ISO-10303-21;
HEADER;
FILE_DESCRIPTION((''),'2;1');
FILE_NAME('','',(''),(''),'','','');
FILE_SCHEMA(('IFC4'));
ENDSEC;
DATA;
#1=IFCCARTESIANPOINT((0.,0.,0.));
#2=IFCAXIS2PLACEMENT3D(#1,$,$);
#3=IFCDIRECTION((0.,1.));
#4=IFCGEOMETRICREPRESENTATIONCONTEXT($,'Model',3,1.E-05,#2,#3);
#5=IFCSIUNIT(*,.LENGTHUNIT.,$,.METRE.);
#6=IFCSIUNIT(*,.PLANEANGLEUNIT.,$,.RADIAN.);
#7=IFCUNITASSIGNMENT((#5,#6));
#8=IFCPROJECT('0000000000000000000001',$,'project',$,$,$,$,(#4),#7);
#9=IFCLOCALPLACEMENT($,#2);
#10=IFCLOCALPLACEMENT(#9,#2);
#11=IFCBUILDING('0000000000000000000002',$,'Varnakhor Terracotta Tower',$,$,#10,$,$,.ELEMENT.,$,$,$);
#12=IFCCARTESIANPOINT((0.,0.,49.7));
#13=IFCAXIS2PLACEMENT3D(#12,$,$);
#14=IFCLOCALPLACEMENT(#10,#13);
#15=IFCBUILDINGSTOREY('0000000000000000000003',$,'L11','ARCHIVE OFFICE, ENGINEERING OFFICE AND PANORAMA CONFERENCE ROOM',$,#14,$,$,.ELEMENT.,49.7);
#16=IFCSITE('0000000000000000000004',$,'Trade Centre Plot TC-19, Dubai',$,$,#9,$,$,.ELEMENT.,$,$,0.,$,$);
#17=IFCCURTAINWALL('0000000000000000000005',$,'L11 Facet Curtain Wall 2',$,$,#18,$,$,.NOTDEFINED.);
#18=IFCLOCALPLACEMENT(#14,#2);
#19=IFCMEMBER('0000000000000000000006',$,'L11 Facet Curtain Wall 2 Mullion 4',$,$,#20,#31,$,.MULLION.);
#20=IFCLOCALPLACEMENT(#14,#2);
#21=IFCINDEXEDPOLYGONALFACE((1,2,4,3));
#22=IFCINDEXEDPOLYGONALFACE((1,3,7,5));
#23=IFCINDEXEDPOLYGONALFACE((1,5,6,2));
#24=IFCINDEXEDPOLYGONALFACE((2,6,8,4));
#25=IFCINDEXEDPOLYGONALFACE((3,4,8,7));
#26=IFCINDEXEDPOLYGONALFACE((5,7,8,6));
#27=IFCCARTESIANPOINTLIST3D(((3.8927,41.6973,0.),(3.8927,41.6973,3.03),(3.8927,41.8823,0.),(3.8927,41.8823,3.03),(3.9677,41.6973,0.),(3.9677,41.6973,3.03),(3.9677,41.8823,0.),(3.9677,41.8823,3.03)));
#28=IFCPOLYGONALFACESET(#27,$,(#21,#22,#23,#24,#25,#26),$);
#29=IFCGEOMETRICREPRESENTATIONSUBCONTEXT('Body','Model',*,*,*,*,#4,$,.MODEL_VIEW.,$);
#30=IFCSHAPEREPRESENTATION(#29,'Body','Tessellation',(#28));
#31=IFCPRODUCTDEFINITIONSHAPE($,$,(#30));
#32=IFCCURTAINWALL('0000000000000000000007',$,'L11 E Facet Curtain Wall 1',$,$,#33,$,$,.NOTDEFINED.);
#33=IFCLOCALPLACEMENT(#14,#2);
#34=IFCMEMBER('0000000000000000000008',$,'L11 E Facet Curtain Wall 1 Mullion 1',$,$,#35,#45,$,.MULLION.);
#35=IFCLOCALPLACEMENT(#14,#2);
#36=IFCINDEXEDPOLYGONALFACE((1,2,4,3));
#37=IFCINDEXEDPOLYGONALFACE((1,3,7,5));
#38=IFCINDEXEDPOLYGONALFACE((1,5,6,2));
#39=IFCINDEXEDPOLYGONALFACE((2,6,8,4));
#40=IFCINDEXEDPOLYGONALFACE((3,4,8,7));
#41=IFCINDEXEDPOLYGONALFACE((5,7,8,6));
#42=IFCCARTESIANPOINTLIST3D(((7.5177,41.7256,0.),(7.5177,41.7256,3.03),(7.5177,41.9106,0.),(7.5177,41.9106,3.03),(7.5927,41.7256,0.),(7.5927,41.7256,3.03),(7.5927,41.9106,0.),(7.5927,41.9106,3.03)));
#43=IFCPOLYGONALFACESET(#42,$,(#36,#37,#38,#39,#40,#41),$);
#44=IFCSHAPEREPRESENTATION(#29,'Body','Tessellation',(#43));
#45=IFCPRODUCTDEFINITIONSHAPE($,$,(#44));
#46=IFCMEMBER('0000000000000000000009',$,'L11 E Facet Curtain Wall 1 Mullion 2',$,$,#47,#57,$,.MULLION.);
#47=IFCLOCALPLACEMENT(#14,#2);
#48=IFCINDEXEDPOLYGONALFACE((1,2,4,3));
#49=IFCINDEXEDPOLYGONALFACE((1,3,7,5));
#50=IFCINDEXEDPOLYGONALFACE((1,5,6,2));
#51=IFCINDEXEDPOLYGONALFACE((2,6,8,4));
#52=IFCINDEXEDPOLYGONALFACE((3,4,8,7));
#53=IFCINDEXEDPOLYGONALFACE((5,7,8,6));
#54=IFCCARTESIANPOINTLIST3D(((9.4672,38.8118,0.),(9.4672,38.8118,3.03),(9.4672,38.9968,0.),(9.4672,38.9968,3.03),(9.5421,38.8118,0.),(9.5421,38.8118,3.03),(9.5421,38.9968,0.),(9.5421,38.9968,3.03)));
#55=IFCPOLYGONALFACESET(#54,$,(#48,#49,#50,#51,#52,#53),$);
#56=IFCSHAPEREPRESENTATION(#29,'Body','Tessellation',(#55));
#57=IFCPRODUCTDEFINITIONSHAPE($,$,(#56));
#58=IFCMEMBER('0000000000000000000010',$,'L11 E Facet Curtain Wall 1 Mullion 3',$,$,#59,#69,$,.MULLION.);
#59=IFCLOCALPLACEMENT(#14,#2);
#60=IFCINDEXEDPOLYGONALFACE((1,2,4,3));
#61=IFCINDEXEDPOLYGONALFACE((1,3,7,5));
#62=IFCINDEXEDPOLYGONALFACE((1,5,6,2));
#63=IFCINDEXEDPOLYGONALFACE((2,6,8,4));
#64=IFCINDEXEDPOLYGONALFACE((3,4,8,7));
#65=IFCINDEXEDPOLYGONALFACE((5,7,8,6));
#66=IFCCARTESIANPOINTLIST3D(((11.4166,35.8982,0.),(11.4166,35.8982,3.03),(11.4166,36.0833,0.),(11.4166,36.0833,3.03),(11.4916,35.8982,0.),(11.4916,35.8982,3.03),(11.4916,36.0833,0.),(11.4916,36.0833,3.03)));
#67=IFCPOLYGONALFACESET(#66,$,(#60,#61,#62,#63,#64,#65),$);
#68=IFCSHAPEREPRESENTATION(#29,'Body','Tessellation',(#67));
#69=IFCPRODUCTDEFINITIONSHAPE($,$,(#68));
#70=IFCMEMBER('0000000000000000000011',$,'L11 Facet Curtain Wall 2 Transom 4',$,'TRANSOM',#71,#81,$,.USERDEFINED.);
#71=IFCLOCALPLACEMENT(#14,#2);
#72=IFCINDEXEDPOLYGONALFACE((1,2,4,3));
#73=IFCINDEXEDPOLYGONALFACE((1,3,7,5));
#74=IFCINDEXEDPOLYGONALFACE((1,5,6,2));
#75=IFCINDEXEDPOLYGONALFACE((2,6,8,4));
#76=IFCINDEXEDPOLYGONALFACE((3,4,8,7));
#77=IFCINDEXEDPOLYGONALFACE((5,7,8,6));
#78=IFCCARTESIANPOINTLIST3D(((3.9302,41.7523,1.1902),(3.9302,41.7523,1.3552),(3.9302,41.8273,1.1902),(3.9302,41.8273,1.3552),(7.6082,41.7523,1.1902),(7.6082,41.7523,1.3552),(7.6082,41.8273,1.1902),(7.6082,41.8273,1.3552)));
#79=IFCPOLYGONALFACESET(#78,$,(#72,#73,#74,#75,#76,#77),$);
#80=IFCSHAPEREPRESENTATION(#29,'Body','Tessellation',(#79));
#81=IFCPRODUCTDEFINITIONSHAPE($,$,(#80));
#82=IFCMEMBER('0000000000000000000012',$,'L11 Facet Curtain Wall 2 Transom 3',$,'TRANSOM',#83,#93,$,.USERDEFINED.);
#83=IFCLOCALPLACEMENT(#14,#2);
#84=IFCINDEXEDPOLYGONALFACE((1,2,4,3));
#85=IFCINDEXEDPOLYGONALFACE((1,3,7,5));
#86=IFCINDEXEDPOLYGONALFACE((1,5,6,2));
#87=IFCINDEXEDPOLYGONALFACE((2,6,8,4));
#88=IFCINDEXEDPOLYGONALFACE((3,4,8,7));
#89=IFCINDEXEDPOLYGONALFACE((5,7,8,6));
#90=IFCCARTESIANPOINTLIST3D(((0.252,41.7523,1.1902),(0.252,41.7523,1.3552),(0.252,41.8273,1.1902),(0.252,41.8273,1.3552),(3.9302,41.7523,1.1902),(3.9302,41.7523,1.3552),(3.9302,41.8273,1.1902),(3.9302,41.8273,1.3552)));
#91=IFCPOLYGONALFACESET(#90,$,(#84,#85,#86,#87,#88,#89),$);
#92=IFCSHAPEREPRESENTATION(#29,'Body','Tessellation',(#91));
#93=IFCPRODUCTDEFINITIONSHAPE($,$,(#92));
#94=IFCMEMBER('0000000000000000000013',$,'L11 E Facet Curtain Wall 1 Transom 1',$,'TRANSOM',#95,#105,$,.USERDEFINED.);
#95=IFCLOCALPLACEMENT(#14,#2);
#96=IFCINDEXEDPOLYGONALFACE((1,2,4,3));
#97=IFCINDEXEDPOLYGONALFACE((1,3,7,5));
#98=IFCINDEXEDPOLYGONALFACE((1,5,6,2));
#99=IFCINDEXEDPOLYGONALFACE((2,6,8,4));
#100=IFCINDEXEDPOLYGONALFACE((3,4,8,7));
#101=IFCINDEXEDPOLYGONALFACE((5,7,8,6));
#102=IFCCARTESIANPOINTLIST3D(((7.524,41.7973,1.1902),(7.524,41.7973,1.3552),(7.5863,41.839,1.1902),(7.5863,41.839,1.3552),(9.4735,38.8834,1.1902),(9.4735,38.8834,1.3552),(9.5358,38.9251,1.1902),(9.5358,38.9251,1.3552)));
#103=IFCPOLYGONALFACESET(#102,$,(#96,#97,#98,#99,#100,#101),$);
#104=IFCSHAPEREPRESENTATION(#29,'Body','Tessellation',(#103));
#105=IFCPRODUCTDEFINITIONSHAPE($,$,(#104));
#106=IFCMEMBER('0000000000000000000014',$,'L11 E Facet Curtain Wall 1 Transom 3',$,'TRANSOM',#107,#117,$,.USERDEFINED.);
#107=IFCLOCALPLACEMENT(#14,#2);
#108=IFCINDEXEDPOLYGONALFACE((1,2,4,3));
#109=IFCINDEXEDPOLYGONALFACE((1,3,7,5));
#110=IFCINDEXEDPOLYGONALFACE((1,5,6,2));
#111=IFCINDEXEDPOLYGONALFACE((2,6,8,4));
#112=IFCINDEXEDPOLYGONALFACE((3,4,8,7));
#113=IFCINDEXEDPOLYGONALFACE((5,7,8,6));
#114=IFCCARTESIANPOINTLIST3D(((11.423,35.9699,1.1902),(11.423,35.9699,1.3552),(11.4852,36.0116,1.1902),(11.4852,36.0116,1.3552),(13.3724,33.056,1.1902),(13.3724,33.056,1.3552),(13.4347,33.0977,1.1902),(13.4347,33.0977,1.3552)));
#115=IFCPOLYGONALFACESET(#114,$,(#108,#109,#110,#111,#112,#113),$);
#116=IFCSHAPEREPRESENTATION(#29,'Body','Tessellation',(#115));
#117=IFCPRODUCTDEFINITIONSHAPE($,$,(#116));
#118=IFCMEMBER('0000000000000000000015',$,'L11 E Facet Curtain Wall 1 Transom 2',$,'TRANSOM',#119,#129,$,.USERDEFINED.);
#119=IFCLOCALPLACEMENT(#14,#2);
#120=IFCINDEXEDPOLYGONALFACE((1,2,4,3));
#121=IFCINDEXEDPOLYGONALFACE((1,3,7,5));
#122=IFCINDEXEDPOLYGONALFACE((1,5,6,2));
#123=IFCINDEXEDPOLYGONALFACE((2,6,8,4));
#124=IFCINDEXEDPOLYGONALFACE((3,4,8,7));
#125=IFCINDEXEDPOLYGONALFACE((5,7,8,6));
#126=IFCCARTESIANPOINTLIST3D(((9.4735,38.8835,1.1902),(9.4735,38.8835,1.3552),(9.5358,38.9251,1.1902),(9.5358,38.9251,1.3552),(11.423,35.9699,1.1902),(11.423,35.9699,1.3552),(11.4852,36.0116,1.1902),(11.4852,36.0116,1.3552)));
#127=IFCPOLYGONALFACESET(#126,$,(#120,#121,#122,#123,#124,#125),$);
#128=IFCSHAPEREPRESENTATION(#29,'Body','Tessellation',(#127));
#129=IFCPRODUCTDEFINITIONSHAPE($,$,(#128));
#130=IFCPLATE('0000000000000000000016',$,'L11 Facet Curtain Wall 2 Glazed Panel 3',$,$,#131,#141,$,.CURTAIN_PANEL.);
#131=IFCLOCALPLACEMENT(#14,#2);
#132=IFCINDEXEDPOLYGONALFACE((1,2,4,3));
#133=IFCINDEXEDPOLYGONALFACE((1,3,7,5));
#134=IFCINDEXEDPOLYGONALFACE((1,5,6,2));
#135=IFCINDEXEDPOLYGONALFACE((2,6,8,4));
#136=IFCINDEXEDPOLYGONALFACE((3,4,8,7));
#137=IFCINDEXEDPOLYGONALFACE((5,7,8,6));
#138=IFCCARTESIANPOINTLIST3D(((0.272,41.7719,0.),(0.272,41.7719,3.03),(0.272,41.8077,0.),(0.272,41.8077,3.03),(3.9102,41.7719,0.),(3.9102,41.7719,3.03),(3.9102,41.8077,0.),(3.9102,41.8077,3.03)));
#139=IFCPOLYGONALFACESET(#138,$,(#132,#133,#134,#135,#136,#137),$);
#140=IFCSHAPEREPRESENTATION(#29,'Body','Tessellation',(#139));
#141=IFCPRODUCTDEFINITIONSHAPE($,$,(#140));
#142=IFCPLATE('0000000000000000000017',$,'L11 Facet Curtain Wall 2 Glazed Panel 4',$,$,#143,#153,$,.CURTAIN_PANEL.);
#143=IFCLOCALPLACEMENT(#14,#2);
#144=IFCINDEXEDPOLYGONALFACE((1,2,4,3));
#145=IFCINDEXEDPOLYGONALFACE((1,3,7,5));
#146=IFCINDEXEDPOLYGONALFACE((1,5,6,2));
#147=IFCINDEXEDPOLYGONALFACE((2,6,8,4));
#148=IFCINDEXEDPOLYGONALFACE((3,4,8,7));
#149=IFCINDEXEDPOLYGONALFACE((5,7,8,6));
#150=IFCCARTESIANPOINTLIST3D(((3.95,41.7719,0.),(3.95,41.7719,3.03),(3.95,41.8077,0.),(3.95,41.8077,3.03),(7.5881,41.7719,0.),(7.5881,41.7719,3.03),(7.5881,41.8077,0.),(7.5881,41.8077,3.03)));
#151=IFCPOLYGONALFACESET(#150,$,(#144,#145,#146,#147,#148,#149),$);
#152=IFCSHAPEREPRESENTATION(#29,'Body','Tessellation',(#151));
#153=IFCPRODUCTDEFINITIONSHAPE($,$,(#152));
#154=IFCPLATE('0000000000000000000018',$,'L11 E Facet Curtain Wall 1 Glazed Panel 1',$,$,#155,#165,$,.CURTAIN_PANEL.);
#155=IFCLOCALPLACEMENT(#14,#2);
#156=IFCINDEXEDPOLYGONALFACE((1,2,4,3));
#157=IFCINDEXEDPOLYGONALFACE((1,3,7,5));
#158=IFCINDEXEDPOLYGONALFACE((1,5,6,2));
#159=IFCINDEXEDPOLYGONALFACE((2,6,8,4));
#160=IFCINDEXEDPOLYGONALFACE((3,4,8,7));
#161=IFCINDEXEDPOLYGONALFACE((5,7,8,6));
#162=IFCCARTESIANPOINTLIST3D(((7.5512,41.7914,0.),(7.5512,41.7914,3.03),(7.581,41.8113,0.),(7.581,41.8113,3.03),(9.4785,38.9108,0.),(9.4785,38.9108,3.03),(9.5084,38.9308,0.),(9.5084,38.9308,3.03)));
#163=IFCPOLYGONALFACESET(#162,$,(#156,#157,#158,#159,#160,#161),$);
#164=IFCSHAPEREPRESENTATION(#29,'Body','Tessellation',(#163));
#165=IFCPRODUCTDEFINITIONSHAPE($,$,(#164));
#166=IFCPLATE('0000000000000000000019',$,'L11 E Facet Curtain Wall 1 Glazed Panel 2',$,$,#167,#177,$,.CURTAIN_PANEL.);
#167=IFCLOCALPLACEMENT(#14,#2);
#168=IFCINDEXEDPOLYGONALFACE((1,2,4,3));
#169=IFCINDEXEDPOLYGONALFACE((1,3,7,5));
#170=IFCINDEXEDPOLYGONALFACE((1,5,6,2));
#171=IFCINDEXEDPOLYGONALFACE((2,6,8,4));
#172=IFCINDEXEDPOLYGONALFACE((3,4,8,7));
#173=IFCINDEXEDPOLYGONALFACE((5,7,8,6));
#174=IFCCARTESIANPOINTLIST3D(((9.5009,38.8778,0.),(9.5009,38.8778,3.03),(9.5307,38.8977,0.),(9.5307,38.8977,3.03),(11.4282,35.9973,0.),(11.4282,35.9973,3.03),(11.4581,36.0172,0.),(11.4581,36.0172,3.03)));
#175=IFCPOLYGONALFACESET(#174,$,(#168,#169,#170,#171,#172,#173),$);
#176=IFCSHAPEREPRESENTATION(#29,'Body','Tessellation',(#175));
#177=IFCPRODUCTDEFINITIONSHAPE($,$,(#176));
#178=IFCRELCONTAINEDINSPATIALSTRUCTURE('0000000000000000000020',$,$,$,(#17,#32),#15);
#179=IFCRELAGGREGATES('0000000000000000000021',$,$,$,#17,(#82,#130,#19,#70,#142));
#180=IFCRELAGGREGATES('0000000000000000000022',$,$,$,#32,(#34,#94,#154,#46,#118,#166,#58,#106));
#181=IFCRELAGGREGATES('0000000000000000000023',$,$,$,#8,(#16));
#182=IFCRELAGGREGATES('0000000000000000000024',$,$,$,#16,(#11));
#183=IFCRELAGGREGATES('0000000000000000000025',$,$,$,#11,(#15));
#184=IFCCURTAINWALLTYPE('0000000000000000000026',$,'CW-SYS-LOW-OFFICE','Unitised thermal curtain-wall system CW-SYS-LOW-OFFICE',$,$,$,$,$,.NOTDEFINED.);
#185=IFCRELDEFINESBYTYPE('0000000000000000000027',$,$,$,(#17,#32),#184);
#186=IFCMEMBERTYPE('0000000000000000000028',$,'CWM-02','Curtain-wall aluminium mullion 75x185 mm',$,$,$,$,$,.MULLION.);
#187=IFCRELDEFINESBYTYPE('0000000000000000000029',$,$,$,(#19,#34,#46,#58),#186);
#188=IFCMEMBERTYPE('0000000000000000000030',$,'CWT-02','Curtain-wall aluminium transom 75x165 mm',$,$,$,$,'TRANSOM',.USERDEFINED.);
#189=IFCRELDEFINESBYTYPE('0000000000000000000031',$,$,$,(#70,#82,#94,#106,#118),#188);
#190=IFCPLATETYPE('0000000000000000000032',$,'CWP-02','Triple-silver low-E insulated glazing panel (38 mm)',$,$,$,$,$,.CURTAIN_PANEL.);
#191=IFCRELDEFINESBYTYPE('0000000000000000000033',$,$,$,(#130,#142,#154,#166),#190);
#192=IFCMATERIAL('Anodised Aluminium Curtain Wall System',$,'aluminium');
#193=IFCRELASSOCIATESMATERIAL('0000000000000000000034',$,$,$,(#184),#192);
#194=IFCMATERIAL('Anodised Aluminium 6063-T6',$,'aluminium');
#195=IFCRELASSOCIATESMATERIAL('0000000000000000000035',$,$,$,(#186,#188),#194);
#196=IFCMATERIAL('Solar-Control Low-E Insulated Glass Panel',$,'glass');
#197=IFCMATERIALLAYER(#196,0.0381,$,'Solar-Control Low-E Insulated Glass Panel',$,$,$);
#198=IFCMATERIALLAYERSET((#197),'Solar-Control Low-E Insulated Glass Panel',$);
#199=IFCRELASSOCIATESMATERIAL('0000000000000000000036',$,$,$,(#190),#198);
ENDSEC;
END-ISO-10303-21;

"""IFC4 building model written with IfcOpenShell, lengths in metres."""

from ifc_helpers import new_model, si_unit, direction, frame, origin, origin_2d, place, context, subcontext, project, spatial, rectangle, extrude, source, transform, mapped, material, layer, layer_set, material_profile, profile_set, type_object, type_shapes, element, aggregate, save


model = new_model("IFC4")

# Units and contexts
model_context = context("Model", 3, precision=1e-05, world=origin(), true_north=direction((0.0, 1.0)))
body_context = subcontext(model_context, "Body", "Model", "MODEL_VIEW")
ifc_project = project(units=[si_unit("LENGTHUNIT", "METRE"), si_unit("PLANEANGLEUNIT", "RADIAN")], contexts=[model_context])

# Site, building, storey
site_placement = place(None, origin())
site = spatial("IfcSite", under=ifc_project, at=site_placement, Name="Trade Centre Plot TC-19, Dubai", CompositionType="ELEMENT", RefElevation=0.0)
building_placement = place(site_placement, origin())
building = spatial("IfcBuilding", under=site, at=building_placement, Name="Varnakhor Terracotta Tower", CompositionType="ELEMENT")
storey_placement = place(building_placement, frame((0.0, 0.0, 49.7)))
storey = spatial("IfcBuildingStorey", under=building, at=storey_placement, Name="L11", Description="ARCHIVE OFFICE, ENGINEERING OFFICE AND PANORAMA CONFERENCE ROOM", CompositionType="ELEMENT", Elevation=49.7)

# Curtain walls, members
ifc_material_1 = material(Name="Anodised Aluminium Curtain Wall System", Category="aluminium")
curtain_wall_type = type_object("IfcCurtainWallType", Name="CW-SYS-LOW-OFFICE", Description="Unitised thermal curtain-wall system CW-SYS-LOW-OFFICE", PredefinedType="NOTDEFINED", material=ifc_material_1)
curtain_wall_1_placement = place(storey_placement, origin())
curtain_wall_1 = element("IfcCurtainWall", 1, at=curtain_wall_1_placement, inside=storey, type_object=curtain_wall_type, Name="L11 Facet Curtain Wall 2", PredefinedType="NOTDEFINED")
ifc_material_2 = material(Name="Anodised Aluminium 6063-T6", Category="aluminium")
ifc_material_profile_1 = material_profile(ifc_material_2, rectangle(XDim=0.075, YDim=0.1851, at=origin_2d()), Name="ALU MULLION 75x185")
ifc_profile_set_1 = profile_set([ifc_material_profile_1], Name="Anodised Aluminium 6063-T6")
member_type_1 = type_object("IfcMemberType", Name="CWM-02", Description="Curtain-wall aluminium mullion 75x185 mm", PredefinedType="MULLION", material=ifc_profile_set_1)
shared_shape_1 = source(origin(), body_context, "Body", "SweptSolid", [
    extrude(rectangle(XDim=0.075, YDim=0.1851, at=origin_2d()), origin(), (0.0, 0.0, 1.0), 3.03),
])
type_shapes(member_type_1, [shared_shape_1])
member_1_placement = place(storey_placement, frame((3.9302, 41.7898, 0.0), z_axis=(0.0, 0.0, 1.0), x_axis=(1.0, 0.0, 0.0)))
member_1 = element("IfcMember", 2, at=member_1_placement, type_object=member_type_1, Name="L11 Facet Curtain Wall 2 Mullion 4", PredefinedType="MULLION", context=body_context, shape_type="MappedRepresentation", body=[
    mapped(shared_shape_1, transform((0.0, 0.0, 0.0), scale=1.0)),
])
curtain_wall_2_placement = place(storey_placement, origin())
curtain_wall_2 = element("IfcCurtainWall", 3, at=curtain_wall_2_placement, inside=storey, type_object=curtain_wall_type, Name="L11 E Facet Curtain Wall 1", PredefinedType="NOTDEFINED")
member_2_placement = place(storey_placement, frame((7.5552, 41.8181, 0.0), z_axis=(0.0, 0.0, 1.0), x_axis=(1.0, 0.0, 0.0)))
member_2 = element("IfcMember", 4, at=member_2_placement, type_object=member_type_1, Name="L11 E Facet Curtain Wall 1 Mullion 1", PredefinedType="MULLION", context=body_context, shape_type="MappedRepresentation", body=[
    mapped(shared_shape_1, transform((0.0, 0.0, 0.0), scale=1.0)),
])
member_3_placement = place(storey_placement, frame((9.5046, 38.9043, 0.0), z_axis=(0.0, 0.0, 1.0), x_axis=(1.0, 0.0, 0.0)))
member_3 = element("IfcMember", 5, at=member_3_placement, type_object=member_type_1, Name="L11 E Facet Curtain Wall 1 Mullion 2", PredefinedType="MULLION", context=body_context, shape_type="MappedRepresentation", body=[
    mapped(shared_shape_1, transform((0.0, 0.0, 0.0), scale=1.0)),
])
member_4_placement = place(storey_placement, frame((11.4541, 35.9907, 0.0), z_axis=(0.0, 0.0, 1.0), x_axis=(1.0, 0.0, 0.0)))
member_4 = element("IfcMember", 6, at=member_4_placement, type_object=member_type_1, Name="L11 E Facet Curtain Wall 1 Mullion 3", PredefinedType="MULLION", context=body_context, shape_type="MappedRepresentation", body=[
    mapped(shared_shape_1, transform((0.0, 0.0, 0.0), scale=1.0)),
])

# Members
ifc_material_profile_2 = material_profile(ifc_material_2, rectangle(XDim=0.075, YDim=0.165, at=origin_2d()), Name="ALU TRANSOM 75x165")
ifc_profile_set_2 = profile_set([ifc_material_profile_2], Name="Anodised Aluminium 6063-T6")
member_type_2 = type_object("IfcMemberType", Name="CWT-02", Description="Curtain-wall aluminium transom 75x165 mm", ElementType="TRANSOM", PredefinedType="USERDEFINED", material=ifc_profile_set_2)
shared_shape_2 = source(origin(), body_context, "Body", "SweptSolid", [
    extrude(rectangle(XDim=0.075, YDim=0.165, at=origin_2d()), origin(), (0.0, 0.0, 1.0), 3.678),
])
member_5_placement = place(storey_placement, frame((3.9302, 41.7898, 1.2727), z_axis=(1.0, 0.0, 0.0), x_axis=(0.0, 1.0, 0.0)))
member_5 = element("IfcMember", 7, at=member_5_placement, type_object=member_type_2, Name="L11 Facet Curtain Wall 2 Transom 4", ObjectType="TRANSOM", PredefinedType="USERDEFINED", context=body_context, shape_type="MappedRepresentation", body=[
    mapped(shared_shape_2, transform((0.0, 0.0, 0.0), scale=1.0)),
])
shared_shape_3 = source(origin(), body_context, "Body", "SweptSolid", [
    extrude(rectangle(XDim=0.075, YDim=0.165, at=origin_2d()), origin(), (0.0, 0.0, 1.0), 3.6782),
])
member_6_placement = place(storey_placement, frame((0.252, 41.7898, 1.2727), z_axis=(1.0, 0.0, 0.0), x_axis=(0.0, 1.0, 0.0)))
member_6 = element("IfcMember", 8, at=member_6_placement, type_object=member_type_2, Name="L11 Facet Curtain Wall 2 Transom 3", ObjectType="TRANSOM", PredefinedType="USERDEFINED", context=body_context, shape_type="MappedRepresentation", body=[
    mapped(shared_shape_3, transform((0.0, 0.0, 0.0), scale=1.0)),
])
shared_shape_4 = source(origin(), body_context, "Body", "SweptSolid", [
    extrude(rectangle(XDim=0.075, YDim=0.165, at=origin_2d()), origin(), (0.0, 0.0, 1.0), 3.5059),
])
member_7_placement = place(storey_placement, frame((7.5552, 41.8181, 1.2727), z_axis=(0.556065, -0.831139, 0.0), x_axis=(0.831139, 0.556065, 0.0)))
member_7 = element("IfcMember", 9, at=member_7_placement, type_object=member_type_2, Name="L11 E Facet Curtain Wall 1 Transom 1", ObjectType="TRANSOM", PredefinedType="USERDEFINED", context=body_context, shape_type="MappedRepresentation", body=[
    mapped(shared_shape_4, transform((0.0, 0.0, 0.0), scale=1.0)),
])
member_8_placement = place(storey_placement, frame((11.4541, 35.9907, 1.2727), z_axis=(0.556065, -0.831139, 0.0), x_axis=(0.831139, 0.556065, 0.0)))
member_8 = element("IfcMember", 10, at=member_8_placement, type_object=member_type_2, Name="L11 E Facet Curtain Wall 1 Transom 3", ObjectType="TRANSOM", PredefinedType="USERDEFINED", context=body_context, shape_type="MappedRepresentation", body=[
    mapped(shared_shape_4, transform((0.0, 0.0, 0.0), scale=1.0)),
])
shared_shape_5 = source(origin(), body_context, "Body", "SweptSolid", [
    extrude(rectangle(XDim=0.075, YDim=0.165, at=origin_2d()), origin(), (0.0, 0.0, 1.0), 3.5056),
])
member_9_placement = place(storey_placement, frame((9.5046, 38.9043, 1.2727), z_axis=(0.556098, -0.831117, 0.0), x_axis=(0.831117, 0.556098, 0.0)))
member_9 = element("IfcMember", 11, at=member_9_placement, type_object=member_type_2, Name="L11 E Facet Curtain Wall 1 Transom 2", ObjectType="TRANSOM", PredefinedType="USERDEFINED", context=body_context, shape_type="MappedRepresentation", body=[
    mapped(shared_shape_5, transform((0.0, 0.0, 0.0), scale=1.0)),
])

# Plates
ifc_material_3 = material(Name="Solar-Control Low-E Insulated Glass Panel", Category="glass")
ifc_layer = layer(ifc_material_3, 0.0381, Name="Solar-Control Low-E Insulated Glass Panel")
ifc_layer_set = layer_set([ifc_layer], Name="Solar-Control Low-E Insulated Glass Panel")
plate_type = type_object("IfcPlateType", Name="CWP-02", Description="Triple-silver low-E insulated glazing panel (38 mm)", PredefinedType="CURTAIN_PANEL", material=ifc_layer_set)
shared_shape_6 = source(origin(), body_context, "Body", "SweptSolid", [
    extrude(rectangle(XDim=3.6382, YDim=0.0359, at=origin_2d()), origin(), (0.0, 0.0, 1.0), 3.03),
])
plate_1_placement = place(storey_placement, frame((2.0911, 41.7898, 0.0), z_axis=(0.0, 0.0, 1.0), x_axis=(1.0, 0.0, 0.0)))
plate_1 = element("IfcPlate", 12, at=plate_1_placement, type_object=plate_type, Name="L11 Facet Curtain Wall 2 Glazed Panel 3", PredefinedType="CURTAIN_PANEL", context=body_context, shape_type="MappedRepresentation", body=[
    mapped(shared_shape_6, transform((0.0, 0.0, 0.0), scale=1.0)),
])
plate_2_placement = place(storey_placement, frame((5.769, 41.7898, 0.0), z_axis=(0.0, 0.0, 1.0), x_axis=(1.0, 0.0, 0.0)))
plate_2 = element("IfcPlate", 13, at=plate_2_placement, type_object=plate_type, Name="L11 Facet Curtain Wall 2 Glazed Panel 4", PredefinedType="CURTAIN_PANEL", context=body_context, shape_type="MappedRepresentation", body=[
    mapped(shared_shape_6, transform((0.0, 0.0, 0.0), scale=1.0)),
])
aggregate(curtain_wall_1, [member_6, plate_1, member_1, member_5, plate_2])
shared_shape_7 = source(origin(), body_context, "Body", "SweptSolid", [
    extrude(rectangle(XDim=3.4658, YDim=0.0359, at=origin_2d()), origin(), (0.0, 0.0, 1.0), 3.03),
])
plate_3_placement = place(storey_placement, frame((8.5298, 40.3611, 0.0), z_axis=(0.0, 0.0, 1.0), x_axis=(0.556093, -0.83112, 0.0)))
plate_3 = element("IfcPlate", 14, at=plate_3_placement, type_object=plate_type, Name="L11 E Facet Curtain Wall 1 Glazed Panel 1", PredefinedType="CURTAIN_PANEL", context=body_context, shape_type="MappedRepresentation", body=[
    mapped(shared_shape_7, transform((0.0, 0.0, 0.0), scale=1.0)),
])
plate_4_placement = place(storey_placement, frame((10.4795, 37.4475, 0.0), z_axis=(0.0, 0.0, 1.0), x_axis=(0.556093, -0.83112, 0.0)))
plate_4 = element("IfcPlate", 15, at=plate_4_placement, type_object=plate_type, Name="L11 E Facet Curtain Wall 1 Glazed Panel 2", PredefinedType="CURTAIN_PANEL", context=body_context, shape_type="MappedRepresentation", body=[
    mapped(shared_shape_7, transform((0.0, 0.0, 0.0), scale=1.0)),
])
aggregate(curtain_wall_2, [member_2, member_7, plate_3, member_3, member_9, plate_4, member_4, member_8])

save(model, "model.ifc")
